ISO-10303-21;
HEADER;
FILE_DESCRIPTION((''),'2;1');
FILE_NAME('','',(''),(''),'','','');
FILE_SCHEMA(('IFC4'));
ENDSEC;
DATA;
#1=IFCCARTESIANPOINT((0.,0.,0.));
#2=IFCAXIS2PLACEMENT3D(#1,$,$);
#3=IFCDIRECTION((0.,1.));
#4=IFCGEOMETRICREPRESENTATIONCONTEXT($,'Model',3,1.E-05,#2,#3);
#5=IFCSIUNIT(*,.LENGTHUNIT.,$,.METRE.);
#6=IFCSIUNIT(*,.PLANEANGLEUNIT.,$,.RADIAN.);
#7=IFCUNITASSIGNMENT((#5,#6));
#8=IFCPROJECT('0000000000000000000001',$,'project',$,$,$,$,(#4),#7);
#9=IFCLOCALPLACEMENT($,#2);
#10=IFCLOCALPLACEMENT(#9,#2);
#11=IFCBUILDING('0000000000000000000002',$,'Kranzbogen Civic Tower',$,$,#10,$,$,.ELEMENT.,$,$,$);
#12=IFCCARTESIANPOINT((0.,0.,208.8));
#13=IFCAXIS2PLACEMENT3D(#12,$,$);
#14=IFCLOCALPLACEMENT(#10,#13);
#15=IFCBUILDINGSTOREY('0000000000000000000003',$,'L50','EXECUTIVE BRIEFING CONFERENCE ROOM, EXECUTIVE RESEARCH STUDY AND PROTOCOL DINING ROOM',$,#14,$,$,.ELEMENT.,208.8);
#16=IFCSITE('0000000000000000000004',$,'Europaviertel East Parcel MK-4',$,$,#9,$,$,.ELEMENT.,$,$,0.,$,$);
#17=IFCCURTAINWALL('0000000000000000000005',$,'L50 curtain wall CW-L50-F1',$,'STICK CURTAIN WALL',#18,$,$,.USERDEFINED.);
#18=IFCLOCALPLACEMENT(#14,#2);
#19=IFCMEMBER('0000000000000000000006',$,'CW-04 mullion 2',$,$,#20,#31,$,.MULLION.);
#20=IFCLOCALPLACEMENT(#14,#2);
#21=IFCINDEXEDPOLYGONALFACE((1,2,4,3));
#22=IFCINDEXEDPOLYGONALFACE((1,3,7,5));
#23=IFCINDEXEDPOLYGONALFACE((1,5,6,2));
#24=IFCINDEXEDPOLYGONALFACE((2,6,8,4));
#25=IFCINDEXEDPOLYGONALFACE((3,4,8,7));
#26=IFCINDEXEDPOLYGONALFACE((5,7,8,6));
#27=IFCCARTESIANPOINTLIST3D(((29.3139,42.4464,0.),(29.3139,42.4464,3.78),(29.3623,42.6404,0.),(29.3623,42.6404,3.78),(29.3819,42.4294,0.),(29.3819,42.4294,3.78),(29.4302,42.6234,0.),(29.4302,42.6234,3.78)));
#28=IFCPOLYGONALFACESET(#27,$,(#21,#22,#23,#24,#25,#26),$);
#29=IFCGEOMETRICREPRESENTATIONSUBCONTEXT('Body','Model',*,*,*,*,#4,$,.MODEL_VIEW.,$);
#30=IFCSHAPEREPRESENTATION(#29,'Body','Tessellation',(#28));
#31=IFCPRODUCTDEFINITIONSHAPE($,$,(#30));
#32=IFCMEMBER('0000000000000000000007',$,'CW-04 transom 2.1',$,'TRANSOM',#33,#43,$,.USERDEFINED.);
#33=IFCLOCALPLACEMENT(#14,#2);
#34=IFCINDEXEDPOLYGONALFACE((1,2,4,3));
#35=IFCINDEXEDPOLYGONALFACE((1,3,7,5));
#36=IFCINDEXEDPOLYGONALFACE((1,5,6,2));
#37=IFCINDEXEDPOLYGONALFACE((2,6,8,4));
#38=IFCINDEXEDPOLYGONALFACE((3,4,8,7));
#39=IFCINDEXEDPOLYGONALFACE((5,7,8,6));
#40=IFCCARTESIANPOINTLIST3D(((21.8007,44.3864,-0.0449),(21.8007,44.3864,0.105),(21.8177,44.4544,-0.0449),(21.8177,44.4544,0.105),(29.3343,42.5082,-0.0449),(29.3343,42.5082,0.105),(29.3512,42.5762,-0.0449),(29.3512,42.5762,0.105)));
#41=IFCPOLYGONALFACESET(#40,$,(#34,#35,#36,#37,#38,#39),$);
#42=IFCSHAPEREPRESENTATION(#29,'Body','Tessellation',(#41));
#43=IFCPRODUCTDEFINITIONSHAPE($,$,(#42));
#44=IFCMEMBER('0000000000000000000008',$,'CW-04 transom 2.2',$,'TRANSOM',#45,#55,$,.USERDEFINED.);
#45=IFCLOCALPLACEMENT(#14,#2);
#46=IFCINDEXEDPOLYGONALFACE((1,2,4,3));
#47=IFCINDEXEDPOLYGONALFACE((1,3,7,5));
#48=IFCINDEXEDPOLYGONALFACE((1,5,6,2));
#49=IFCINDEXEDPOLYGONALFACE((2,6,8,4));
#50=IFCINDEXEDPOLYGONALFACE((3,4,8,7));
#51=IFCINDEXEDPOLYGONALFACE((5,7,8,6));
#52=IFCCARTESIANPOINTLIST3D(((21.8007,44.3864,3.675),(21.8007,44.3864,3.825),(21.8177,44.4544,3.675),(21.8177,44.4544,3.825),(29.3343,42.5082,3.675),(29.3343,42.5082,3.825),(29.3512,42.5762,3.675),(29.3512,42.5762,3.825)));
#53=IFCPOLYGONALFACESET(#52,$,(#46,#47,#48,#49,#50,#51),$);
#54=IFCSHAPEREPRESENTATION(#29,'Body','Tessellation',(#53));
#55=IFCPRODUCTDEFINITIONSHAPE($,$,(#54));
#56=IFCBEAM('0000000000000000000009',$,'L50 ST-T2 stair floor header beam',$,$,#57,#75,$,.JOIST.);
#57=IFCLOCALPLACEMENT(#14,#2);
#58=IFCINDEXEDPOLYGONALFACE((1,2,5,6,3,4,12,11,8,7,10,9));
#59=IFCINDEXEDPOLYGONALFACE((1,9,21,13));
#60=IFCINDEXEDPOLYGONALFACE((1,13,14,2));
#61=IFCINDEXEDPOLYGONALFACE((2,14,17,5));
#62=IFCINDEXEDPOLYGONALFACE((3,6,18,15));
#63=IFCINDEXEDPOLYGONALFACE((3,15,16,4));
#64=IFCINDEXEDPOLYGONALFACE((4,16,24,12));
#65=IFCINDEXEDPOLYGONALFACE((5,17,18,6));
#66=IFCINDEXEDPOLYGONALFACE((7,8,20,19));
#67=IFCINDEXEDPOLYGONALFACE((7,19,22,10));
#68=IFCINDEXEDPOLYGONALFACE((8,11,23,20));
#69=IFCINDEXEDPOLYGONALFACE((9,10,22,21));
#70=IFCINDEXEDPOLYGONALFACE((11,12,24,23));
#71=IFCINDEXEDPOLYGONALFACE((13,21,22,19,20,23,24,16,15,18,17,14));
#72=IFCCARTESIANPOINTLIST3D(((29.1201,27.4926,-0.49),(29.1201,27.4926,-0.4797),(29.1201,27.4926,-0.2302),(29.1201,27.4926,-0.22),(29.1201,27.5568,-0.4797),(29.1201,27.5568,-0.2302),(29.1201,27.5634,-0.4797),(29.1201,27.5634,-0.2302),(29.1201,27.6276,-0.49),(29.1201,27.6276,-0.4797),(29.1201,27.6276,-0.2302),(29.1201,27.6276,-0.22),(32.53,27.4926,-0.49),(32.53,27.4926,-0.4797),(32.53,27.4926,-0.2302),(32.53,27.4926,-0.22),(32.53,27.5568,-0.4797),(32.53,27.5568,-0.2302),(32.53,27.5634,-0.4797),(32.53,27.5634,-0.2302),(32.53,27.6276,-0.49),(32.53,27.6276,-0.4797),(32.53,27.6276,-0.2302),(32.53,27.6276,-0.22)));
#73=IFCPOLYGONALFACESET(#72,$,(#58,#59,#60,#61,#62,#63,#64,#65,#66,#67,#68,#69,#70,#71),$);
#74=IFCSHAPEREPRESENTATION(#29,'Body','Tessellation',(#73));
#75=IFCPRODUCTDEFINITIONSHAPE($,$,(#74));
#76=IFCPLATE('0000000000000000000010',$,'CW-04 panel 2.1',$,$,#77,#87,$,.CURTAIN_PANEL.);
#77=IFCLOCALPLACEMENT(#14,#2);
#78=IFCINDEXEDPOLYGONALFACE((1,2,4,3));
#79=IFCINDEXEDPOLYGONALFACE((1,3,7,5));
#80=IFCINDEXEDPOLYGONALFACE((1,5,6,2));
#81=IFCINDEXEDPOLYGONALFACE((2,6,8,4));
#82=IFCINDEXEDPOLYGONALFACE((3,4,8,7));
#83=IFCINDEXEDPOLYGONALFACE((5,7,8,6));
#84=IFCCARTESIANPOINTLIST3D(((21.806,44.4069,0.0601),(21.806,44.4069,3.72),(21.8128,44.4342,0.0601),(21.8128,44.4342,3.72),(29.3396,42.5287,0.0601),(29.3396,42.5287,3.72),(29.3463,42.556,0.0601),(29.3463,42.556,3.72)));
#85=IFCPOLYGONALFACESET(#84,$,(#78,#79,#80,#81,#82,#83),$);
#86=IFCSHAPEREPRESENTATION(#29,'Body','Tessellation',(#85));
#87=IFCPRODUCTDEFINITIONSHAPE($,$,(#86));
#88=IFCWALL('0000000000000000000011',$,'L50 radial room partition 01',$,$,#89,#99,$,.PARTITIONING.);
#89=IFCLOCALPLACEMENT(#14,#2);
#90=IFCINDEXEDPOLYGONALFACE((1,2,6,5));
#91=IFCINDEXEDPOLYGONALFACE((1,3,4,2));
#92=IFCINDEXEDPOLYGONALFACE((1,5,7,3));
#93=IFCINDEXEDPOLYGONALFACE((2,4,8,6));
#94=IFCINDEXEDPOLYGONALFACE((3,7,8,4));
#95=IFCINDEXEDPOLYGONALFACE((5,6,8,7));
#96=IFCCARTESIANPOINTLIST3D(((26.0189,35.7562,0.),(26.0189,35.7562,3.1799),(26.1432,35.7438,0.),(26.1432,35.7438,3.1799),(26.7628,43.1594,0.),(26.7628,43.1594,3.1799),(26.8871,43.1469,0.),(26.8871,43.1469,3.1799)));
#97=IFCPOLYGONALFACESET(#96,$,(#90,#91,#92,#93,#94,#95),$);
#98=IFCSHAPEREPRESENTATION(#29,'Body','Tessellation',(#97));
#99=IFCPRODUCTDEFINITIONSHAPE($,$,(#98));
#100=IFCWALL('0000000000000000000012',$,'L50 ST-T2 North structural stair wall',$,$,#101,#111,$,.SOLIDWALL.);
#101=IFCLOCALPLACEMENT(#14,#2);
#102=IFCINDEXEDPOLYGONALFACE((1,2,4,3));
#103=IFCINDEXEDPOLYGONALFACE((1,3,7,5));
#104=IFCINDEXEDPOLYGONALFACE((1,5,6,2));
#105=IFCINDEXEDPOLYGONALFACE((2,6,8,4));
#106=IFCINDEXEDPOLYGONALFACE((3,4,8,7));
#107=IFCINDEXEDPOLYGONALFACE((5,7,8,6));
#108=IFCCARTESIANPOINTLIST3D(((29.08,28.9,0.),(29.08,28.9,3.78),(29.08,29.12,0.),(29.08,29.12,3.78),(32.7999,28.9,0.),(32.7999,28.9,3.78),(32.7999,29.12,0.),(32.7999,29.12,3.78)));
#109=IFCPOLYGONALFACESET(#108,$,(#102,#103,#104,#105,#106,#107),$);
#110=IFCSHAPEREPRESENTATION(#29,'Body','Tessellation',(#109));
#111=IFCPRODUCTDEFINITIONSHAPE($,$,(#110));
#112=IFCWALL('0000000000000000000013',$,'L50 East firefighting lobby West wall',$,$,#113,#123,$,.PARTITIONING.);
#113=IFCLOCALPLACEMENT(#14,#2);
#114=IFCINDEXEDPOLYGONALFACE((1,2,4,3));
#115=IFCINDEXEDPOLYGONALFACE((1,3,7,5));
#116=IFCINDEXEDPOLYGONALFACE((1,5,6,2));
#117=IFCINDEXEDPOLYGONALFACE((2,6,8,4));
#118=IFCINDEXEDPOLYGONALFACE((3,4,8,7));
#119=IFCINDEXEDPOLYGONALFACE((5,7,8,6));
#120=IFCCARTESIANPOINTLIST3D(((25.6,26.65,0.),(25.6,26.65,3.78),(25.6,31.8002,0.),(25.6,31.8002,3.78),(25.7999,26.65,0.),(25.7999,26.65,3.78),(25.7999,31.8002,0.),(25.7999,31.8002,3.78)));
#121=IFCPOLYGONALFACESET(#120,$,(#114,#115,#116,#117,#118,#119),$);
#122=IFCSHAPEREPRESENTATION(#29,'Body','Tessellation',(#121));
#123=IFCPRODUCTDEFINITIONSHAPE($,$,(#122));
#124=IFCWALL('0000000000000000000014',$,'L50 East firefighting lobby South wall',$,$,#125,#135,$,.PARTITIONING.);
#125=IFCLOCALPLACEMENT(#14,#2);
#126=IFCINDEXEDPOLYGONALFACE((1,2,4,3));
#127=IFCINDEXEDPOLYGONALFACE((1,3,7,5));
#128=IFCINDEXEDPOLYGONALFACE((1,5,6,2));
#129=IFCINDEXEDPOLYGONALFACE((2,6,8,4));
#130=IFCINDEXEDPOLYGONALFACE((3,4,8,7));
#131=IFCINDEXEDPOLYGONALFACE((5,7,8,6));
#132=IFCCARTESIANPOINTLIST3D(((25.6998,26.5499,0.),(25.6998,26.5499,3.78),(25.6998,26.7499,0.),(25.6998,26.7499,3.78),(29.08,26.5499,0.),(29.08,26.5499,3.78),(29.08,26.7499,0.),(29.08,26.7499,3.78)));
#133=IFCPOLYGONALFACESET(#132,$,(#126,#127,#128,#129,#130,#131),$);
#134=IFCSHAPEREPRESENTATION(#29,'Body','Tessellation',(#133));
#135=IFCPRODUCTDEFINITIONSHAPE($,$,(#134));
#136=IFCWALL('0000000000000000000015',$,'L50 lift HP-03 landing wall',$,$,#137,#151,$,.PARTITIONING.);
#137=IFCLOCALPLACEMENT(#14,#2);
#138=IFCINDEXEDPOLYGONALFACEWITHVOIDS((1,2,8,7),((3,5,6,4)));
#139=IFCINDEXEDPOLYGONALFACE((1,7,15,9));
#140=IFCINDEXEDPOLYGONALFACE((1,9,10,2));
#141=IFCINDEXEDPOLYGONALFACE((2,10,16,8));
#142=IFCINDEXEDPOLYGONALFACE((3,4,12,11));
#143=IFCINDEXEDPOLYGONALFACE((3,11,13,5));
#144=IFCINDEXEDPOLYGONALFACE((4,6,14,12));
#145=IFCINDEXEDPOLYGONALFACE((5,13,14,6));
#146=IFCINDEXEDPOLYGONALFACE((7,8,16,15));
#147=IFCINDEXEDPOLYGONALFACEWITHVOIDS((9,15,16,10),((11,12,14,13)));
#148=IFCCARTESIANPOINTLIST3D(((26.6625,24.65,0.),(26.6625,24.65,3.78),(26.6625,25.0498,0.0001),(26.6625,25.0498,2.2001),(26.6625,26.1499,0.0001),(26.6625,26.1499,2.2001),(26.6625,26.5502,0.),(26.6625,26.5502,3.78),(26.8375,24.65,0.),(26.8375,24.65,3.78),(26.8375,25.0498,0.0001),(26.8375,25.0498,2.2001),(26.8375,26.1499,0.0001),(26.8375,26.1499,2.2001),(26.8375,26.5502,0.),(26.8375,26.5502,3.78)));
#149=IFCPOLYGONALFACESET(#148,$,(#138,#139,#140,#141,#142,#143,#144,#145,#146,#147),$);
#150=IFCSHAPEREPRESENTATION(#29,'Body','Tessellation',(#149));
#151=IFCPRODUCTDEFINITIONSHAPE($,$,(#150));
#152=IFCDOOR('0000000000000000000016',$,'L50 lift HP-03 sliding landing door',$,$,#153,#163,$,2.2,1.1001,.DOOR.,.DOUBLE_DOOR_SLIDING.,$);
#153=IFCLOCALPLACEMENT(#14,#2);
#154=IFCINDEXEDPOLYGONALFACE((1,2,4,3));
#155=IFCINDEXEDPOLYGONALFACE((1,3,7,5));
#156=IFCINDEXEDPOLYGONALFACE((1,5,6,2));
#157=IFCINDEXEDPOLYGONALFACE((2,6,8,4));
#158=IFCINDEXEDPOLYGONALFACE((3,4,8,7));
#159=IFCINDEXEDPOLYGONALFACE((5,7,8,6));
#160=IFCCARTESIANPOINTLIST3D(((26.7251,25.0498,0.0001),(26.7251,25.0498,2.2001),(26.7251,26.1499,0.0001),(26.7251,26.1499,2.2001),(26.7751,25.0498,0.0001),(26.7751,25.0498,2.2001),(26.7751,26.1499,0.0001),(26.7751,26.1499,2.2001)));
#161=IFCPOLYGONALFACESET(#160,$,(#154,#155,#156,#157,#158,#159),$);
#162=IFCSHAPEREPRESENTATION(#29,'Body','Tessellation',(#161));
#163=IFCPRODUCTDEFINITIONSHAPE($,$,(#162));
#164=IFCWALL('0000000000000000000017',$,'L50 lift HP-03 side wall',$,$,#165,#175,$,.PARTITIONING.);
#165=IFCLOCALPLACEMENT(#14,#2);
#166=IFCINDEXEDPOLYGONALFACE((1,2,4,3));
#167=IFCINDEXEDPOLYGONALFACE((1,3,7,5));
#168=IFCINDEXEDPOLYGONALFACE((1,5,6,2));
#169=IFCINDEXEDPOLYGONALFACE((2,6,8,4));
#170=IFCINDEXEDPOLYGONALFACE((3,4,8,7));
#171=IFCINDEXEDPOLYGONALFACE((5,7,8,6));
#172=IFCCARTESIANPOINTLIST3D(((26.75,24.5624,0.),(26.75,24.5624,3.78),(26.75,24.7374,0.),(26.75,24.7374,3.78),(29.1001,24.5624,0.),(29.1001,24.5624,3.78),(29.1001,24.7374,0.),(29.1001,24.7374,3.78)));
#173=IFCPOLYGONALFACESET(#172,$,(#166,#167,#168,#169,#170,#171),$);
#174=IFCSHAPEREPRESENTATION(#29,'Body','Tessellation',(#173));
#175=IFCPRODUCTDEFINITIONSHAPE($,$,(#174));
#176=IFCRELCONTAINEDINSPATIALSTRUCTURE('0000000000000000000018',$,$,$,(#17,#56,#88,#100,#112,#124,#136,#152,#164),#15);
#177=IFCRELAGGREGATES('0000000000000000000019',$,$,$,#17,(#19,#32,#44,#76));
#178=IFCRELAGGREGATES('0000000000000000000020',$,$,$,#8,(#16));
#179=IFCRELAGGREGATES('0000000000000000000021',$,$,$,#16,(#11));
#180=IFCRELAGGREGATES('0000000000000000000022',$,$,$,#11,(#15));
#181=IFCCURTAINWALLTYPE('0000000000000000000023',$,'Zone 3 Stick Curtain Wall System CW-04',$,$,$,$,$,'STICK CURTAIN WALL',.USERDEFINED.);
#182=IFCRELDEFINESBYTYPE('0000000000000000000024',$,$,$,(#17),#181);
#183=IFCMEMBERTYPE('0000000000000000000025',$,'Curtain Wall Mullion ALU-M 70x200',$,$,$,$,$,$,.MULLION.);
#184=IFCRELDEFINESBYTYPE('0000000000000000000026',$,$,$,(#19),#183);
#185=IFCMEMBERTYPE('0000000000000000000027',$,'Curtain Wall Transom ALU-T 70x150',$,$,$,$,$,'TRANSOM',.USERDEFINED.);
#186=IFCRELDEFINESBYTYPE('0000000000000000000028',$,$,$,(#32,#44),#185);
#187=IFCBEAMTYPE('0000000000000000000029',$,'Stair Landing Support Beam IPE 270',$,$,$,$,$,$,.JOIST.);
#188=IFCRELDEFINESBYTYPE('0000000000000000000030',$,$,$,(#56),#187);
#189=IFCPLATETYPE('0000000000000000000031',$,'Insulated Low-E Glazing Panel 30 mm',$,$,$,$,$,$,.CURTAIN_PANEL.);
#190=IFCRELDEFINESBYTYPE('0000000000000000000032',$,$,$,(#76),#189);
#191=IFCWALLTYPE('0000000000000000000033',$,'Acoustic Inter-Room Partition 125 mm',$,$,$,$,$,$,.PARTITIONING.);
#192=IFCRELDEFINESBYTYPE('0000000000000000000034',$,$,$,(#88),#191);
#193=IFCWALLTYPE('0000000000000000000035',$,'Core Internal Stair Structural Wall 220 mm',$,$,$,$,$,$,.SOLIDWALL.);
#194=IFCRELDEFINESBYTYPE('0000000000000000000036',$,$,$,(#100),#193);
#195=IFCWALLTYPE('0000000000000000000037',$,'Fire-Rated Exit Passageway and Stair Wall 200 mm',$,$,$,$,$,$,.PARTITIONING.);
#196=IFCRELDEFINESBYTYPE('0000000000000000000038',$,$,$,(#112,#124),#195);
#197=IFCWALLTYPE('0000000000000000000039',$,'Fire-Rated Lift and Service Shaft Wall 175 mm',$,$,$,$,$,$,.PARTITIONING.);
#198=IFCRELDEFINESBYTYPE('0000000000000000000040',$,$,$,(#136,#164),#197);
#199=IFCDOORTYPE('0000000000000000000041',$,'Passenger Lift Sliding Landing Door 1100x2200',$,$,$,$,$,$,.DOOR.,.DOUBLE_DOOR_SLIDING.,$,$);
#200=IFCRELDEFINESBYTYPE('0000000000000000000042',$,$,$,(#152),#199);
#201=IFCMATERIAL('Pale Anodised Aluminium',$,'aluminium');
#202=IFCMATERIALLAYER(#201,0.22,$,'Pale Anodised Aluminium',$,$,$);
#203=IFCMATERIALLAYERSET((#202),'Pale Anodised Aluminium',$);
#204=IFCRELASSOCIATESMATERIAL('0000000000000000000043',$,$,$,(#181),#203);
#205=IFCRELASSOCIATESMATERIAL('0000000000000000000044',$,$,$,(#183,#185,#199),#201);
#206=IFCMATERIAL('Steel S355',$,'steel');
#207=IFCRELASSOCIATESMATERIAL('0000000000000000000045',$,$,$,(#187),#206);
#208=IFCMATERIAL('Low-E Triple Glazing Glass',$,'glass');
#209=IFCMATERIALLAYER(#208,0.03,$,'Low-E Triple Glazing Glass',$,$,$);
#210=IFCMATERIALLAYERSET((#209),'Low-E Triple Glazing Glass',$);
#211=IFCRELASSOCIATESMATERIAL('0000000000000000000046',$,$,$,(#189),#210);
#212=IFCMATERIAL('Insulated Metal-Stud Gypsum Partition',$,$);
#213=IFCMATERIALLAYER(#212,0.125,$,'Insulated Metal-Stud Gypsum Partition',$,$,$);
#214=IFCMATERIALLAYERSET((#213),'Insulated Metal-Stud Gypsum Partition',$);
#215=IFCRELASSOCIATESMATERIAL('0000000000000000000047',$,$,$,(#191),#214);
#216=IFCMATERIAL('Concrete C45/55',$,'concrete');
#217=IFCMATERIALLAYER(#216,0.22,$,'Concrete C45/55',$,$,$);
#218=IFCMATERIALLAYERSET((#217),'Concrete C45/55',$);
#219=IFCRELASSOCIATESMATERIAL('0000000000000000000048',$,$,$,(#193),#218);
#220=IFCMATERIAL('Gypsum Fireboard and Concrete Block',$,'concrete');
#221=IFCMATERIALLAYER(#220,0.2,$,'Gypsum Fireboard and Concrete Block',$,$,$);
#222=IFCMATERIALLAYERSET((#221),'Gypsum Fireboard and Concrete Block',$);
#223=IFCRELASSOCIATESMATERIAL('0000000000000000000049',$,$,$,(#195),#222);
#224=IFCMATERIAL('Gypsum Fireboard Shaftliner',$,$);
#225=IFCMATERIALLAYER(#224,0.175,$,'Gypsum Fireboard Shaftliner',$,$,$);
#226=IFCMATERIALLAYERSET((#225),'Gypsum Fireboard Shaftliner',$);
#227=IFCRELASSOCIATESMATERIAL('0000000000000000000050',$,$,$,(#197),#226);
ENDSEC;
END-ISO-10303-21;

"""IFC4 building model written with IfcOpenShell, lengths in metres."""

from ifc_helpers import new_model, si_unit, direction, frame, frame_2d, origin, origin_2d, place, context, subcontext, project, spatial, rectangle, i_section, extrude, material, layer, layer_set, material_profile, profile_set, type_object, element, fill, aggregate, save


model = new_model("IFC4")

# Units and contexts
model_context = context("Model", 3, precision=1e-05, world=origin(), true_north=direction((0.0, 1.0)))
body_context = subcontext(model_context, "Body", "Model", "MODEL_VIEW")
ifc_project = project(units=[si_unit("LENGTHUNIT", "METRE"), si_unit("PLANEANGLEUNIT", "RADIAN")], contexts=[model_context])

# Site, building, storey
site_placement = place(None, origin())
site = spatial("IfcSite", under=ifc_project, at=site_placement, Name="Europaviertel East Parcel MK-4", CompositionType="ELEMENT", RefElevation=0.0)
building_placement = place(site_placement, origin())
building = spatial("IfcBuilding", under=site, at=building_placement, Name="Kranzbogen Civic Tower", CompositionType="ELEMENT")
storey_placement = place(building_placement, frame((0.0, 0.0, 208.8)))
storey = spatial("IfcBuildingStorey", under=building, at=storey_placement, Name="L50", Description="EXECUTIVE BRIEFING CONFERENCE ROOM, EXECUTIVE RESEARCH STUDY AND PROTOCOL DINING ROOM", CompositionType="ELEMENT", Elevation=208.8)

# Curtain wall, members
ifc_material_1 = material(Name="Pale Anodised Aluminium", Category="aluminium")
ifc_layer_1 = layer(ifc_material_1, 0.22, Name="Pale Anodised Aluminium")
ifc_layer_set_1 = layer_set([ifc_layer_1], Name="Pale Anodised Aluminium")
curtain_wall_type = type_object("IfcCurtainWallType", Name="Zone 3 Stick Curtain Wall System CW-04", ElementType="STICK CURTAIN WALL", PredefinedType="USERDEFINED", material=ifc_layer_set_1)
curtain_wall_placement = place(storey_placement, origin())
curtain_wall = element("IfcCurtainWall", 1, at=curtain_wall_placement, inside=storey, type_object=curtain_wall_type, Name="L50 curtain wall CW-L50-F1", ObjectType="STICK CURTAIN WALL", PredefinedType="USERDEFINED")
ifc_material_profile_1 = material_profile(ifc_material_1, rectangle(XDim=0.0701, YDim=0.2, at=origin_2d()), Name="ALU-M 70x200")
ifc_profile_set_1 = profile_set([ifc_material_profile_1], Name="Pale Anodised Aluminium")
member_type_1 = type_object("IfcMemberType", Name="Curtain Wall Mullion ALU-M 70x200", PredefinedType="MULLION", material=ifc_profile_set_1)
member_1_placement = place(storey_placement, frame((29.3721, 42.5349, 0.0), z_axis=(0.0, 0.0, 1.0), x_axis=(-0.9703, 0.241906, 0.0)))
member_1 = element("IfcMember", 2, at=member_1_placement, type_object=member_type_1, Name="CW-04 mullion 2", PredefinedType="MULLION", context=body_context, shape_type="SweptSolid", body=[
    extrude(rectangle(XDim=0.0701, YDim=0.2, at=origin_2d()), origin(), (0.0, 0.0, 1.0), 3.78),
])
ifc_material_profile_2 = material_profile(ifc_material_1, rectangle(XDim=0.0701, YDim=0.1499, at=origin_2d()), Name="ALU-T 70x150")
ifc_profile_set_2 = profile_set([ifc_material_profile_2], Name="Pale Anodised Aluminium")
member_type_2 = type_object("IfcMemberType", Name="Curtain Wall Transom ALU-T 70x150", ElementType="TRANSOM", PredefinedType="USERDEFINED", material=ifc_profile_set_2)
member_2_placement = place(storey_placement, frame((29.3428, 42.5422, 0.03), z_axis=(-0.9703, 0.241907, 0.0), x_axis=(-0.241907, -0.9703, 0.0)))
member_2 = element("IfcMember", 3, at=member_2_placement, type_object=member_type_2, Name="CW-04 transom 2.1", ObjectType="TRANSOM", PredefinedType="USERDEFINED", context=body_context, shape_type="SweptSolid", body=[
    extrude(rectangle(XDim=0.0701, YDim=0.1499, at=origin_2d()), origin(), (0.0, 0.0, 1.0), 7.7642),
])
member_3_placement = place(storey_placement, frame((29.3428, 42.5422, 3.75), z_axis=(-0.9703, 0.241907, 0.0), x_axis=(-0.241907, -0.9703, 0.0)))
member_3 = element("IfcMember", 4, at=member_3_placement, type_object=member_type_2, Name="CW-04 transom 2.2", ObjectType="TRANSOM", PredefinedType="USERDEFINED", context=body_context, shape_type="SweptSolid", body=[
    extrude(rectangle(XDim=0.0701, YDim=0.1499, at=origin_2d()), origin(), (0.0, 0.0, 1.0), 7.7642),
])

# Beam
ifc_material_2 = material(Name="Steel S355", Category="steel")
ifc_material_profile_3 = material_profile(ifc_material_2, i_section(OverallWidth=0.135, OverallDepth=0.27, WebThickness=0.0066, FlangeThickness=0.0103, at=origin_2d()), Name="IPE 270")
ifc_profile_set_3 = profile_set([ifc_material_profile_3], Name="Steel S355")
beam_type = type_object("IfcBeamType", Name="Stair Landing Support Beam IPE 270", PredefinedType="JOIST", material=ifc_profile_set_3)
beam_placement = place(storey_placement, frame((29.1201, 27.5601, -0.355), z_axis=(1.0, 0.0, 0.0), x_axis=(0.0, 1.0, 0.0)))
element("IfcBeam", 5, at=beam_placement, inside=storey, type_object=beam_type, Name="L50 ST-T2 stair floor header beam", PredefinedType="JOIST", context=body_context, shape_type="SweptSolid", body=[
    extrude(i_section(OverallWidth=0.135, OverallDepth=0.27, WebThickness=0.0066, FlangeThickness=0.0103, at=origin_2d()), origin(), (0.0, 0.0, 1.0), 3.4099),
])

# Plate
ifc_material_3 = material(Name="Low-E Triple Glazing Glass", Category="glass")
ifc_layer_2 = layer(ifc_material_3, 0.03, Name="Low-E Triple Glazing Glass")
ifc_layer_set_2 = layer_set([ifc_layer_2], Name="Low-E Triple Glazing Glass")
plate_type = type_object("IfcPlateType", Name="Insulated Low-E Glazing Panel 30 mm", PredefinedType="CURTAIN_PANEL", material=ifc_layer_set_2)
plate_placement = place(storey_placement, frame((25.5762, 43.4814, 0.0601), z_axis=(0.0, 0.0, 1.0), x_axis=(-0.9703, 0.241906, 0.0)))
plate = element("IfcPlate", 6, at=plate_placement, type_object=plate_type, Name="CW-04 panel 2.1", PredefinedType="CURTAIN_PANEL", context=body_context, shape_type="SweptSolid", body=[
    extrude(rectangle(XDim=7.7642, YDim=0.0281, at=origin_2d()), origin(), (0.0, 0.0, 1.0), 3.6599),
])
aggregate(curtain_wall, [member_1, member_2, member_3, plate])

# Walls
ifc_material_4 = material(Name="Insulated Metal-Stud Gypsum Partition")
ifc_layer_3 = layer(ifc_material_4, 0.125, Name="Insulated Metal-Stud Gypsum Partition")
ifc_layer_set_3 = layer_set([ifc_layer_3], Name="Insulated Metal-Stud Gypsum Partition")
wall_type_1 = type_object("IfcWallType", Name="Acoustic Inter-Room Partition 125 mm", PredefinedType="PARTITIONING", material=ifc_layer_set_3)
wall_1_placement = place(storey_placement, frame((26.0811, 35.75, 0.0), z_axis=(0.0, 0.0, 1.0), x_axis=(0.099981, 0.994989, 0.0)))
element("IfcWall", 7, at=wall_1_placement, inside=storey, type_object=wall_type_1, Name="L50 radial room partition 01", PredefinedType="PARTITIONING", context=body_context, shape_type="SweptSolid", body=[
    extrude(rectangle(XDim=7.4404, YDim=0.125, at=frame_2d((3.7202, 0.0))), origin(), (0.0, 0.0, 1.0), 3.1799),
])
ifc_material_5 = material(Name="Concrete C45/55", Category="concrete")
ifc_layer_4 = layer(ifc_material_5, 0.22, Name="Concrete C45/55")
ifc_layer_set_4 = layer_set([ifc_layer_4], Name="Concrete C45/55")
wall_type_2 = type_object("IfcWallType", Name="Core Internal Stair Structural Wall 220 mm", PredefinedType="SOLIDWALL", material=ifc_layer_set_4)
wall_2_placement = place(storey_placement, frame((29.0801, 29.01, 0.0), z_axis=(0.0, 0.0, 1.0), x_axis=(1.0, 0.0, 0.0)))
element("IfcWall", 8, at=wall_2_placement, inside=storey, type_object=wall_type_2, Name="L50 ST-T2 North structural stair wall", PredefinedType="SOLIDWALL", context=body_context, shape_type="SweptSolid", body=[
    extrude(rectangle(XDim=3.72, YDim=0.22, at=frame_2d((1.8599, 0.0))), origin(), (0.0, 0.0, 1.0), 3.78),
])
ifc_material_6 = material(Name="Gypsum Fireboard and Concrete Block", Category="concrete")
ifc_layer_5 = layer(ifc_material_6, 0.2, Name="Gypsum Fireboard and Concrete Block")
ifc_layer_set_5 = layer_set([ifc_layer_5], Name="Gypsum Fireboard and Concrete Block")
wall_type_3 = type_object("IfcWallType", Name="Fire-Rated Exit Passageway and Stair Wall 200 mm", PredefinedType="PARTITIONING", material=ifc_layer_set_5)
wall_3_placement = place(storey_placement, frame((25.7, 26.6499, 0.0), z_axis=(0.0, 0.0, 1.0), x_axis=(0.0, 1.0, 0.0)))
element("IfcWall", 9, at=wall_3_placement, inside=storey, type_object=wall_type_3, Name="L50 East firefighting lobby West wall", PredefinedType="PARTITIONING", context=body_context, shape_type="SweptSolid", body=[
    extrude(rectangle(XDim=5.1501, YDim=0.2, at=frame_2d((2.5752, 0.0))), origin(), (0.0, 0.0, 1.0), 3.78),
])
wall_4_placement = place(storey_placement, frame((25.7, 26.6499, 0.0), z_axis=(0.0, 0.0, 1.0), x_axis=(1.0, 0.0, 0.0)))
element("IfcWall", 10, at=wall_4_placement, inside=storey, type_object=wall_type_3, Name="L50 East firefighting lobby South wall", PredefinedType="PARTITIONING", context=body_context, shape_type="SweptSolid", body=[
    extrude(rectangle(XDim=3.3801, YDim=0.2, at=frame_2d((1.6899, 0.0))), origin(), (0.0, 0.0, 1.0), 3.78),
])

# Wall, opening, door
ifc_material_7 = material(Name="Gypsum Fireboard Shaftliner")
ifc_layer_6 = layer(ifc_material_7, 0.175, Name="Gypsum Fireboard Shaftliner")
ifc_layer_set_6 = layer_set([ifc_layer_6], Name="Gypsum Fireboard Shaftliner")
wall_type_4 = type_object("IfcWallType", Name="Fire-Rated Lift and Service Shaft Wall 175 mm", PredefinedType="PARTITIONING", material=ifc_layer_set_6)
wall_5_placement = place(storey_placement, frame((26.75, 24.6499, 0.0), z_axis=(0.0, 0.0, 1.0), x_axis=(0.0, 1.0, 0.0)))
wall_5 = element("IfcWall", 11, at=wall_5_placement, inside=storey, type_object=wall_type_4, Name="L50 lift HP-03 landing wall", PredefinedType="PARTITIONING", context=body_context, shape_type="SweptSolid", body=[
    extrude(rectangle(XDim=1.9001, YDim=0.175, at=frame_2d((0.9502, 0.0))), origin(), (0.0, 0.0, 1.0), 3.78),
])
opening_1_placement = place(wall_5_placement, frame((0.3999, 0.0, 0.0)))
opening_1 = element("IfcOpeningElement", 12, at=opening_1_placement, cuts=wall_5, PredefinedType="OPENING", context=body_context, shape_type="SweptSolid", body=[
    extrude(rectangle(XDim=1.1001, YDim=2.2, at=frame_2d((0.55, 1.1001))), frame((0.0, 0.0977, 0.0), z_axis=(0.0, -1.0, 0.0), x_axis=(1.0, 0.0, 0.0)), (0.0, 0.0, 1.0), 0.1951),
])
door_type_1 = type_object("IfcDoorType", Name="Passenger Lift Sliding Landing Door 1100x2200", OperationType="DOUBLE_DOOR_SLIDING", PredefinedType="DOOR", material=ifc_material_1)
door_1_placement = place(opening_1_placement, origin())
door_1 = element("IfcDoor", 13, at=door_1_placement, inside=storey, type_object=door_type_1, Name="L50 lift HP-03 sliding landing door", OperationType="DOUBLE_DOOR_SLIDING", OverallHeight=2.2, OverallWidth=1.1001, PredefinedType="DOOR", context=body_context, shape_type="SweptSolid", body=[
    extrude(rectangle(XDim=1.1001, YDim=2.2, at=frame_2d((0.55, 1.1001))), frame((0.0, 0.0249, 0.0), z_axis=(0.0, -1.0, 0.0), x_axis=(1.0, 0.0, 0.0)), (0.0, 0.0, 1.0), 0.05),
])
fill(opening_1, door_1)

# Wall
wall_6_placement = place(storey_placement, frame((26.75, 24.6499, 0.0), z_axis=(0.0, 0.0, 1.0), x_axis=(1.0, 0.0, 0.0)))
element("IfcWall", 14, at=wall_6_placement, inside=storey, type_object=wall_type_4, Name="L50 lift HP-03 side wall", PredefinedType="PARTITIONING", context=body_context, shape_type="SweptSolid", body=[
    extrude(rectangle(XDim=2.3501, YDim=0.175, at=frame_2d((1.175, 0.0))), origin(), (0.0, 0.0, 1.0), 3.78),
])

save(model, "model.ifc")
